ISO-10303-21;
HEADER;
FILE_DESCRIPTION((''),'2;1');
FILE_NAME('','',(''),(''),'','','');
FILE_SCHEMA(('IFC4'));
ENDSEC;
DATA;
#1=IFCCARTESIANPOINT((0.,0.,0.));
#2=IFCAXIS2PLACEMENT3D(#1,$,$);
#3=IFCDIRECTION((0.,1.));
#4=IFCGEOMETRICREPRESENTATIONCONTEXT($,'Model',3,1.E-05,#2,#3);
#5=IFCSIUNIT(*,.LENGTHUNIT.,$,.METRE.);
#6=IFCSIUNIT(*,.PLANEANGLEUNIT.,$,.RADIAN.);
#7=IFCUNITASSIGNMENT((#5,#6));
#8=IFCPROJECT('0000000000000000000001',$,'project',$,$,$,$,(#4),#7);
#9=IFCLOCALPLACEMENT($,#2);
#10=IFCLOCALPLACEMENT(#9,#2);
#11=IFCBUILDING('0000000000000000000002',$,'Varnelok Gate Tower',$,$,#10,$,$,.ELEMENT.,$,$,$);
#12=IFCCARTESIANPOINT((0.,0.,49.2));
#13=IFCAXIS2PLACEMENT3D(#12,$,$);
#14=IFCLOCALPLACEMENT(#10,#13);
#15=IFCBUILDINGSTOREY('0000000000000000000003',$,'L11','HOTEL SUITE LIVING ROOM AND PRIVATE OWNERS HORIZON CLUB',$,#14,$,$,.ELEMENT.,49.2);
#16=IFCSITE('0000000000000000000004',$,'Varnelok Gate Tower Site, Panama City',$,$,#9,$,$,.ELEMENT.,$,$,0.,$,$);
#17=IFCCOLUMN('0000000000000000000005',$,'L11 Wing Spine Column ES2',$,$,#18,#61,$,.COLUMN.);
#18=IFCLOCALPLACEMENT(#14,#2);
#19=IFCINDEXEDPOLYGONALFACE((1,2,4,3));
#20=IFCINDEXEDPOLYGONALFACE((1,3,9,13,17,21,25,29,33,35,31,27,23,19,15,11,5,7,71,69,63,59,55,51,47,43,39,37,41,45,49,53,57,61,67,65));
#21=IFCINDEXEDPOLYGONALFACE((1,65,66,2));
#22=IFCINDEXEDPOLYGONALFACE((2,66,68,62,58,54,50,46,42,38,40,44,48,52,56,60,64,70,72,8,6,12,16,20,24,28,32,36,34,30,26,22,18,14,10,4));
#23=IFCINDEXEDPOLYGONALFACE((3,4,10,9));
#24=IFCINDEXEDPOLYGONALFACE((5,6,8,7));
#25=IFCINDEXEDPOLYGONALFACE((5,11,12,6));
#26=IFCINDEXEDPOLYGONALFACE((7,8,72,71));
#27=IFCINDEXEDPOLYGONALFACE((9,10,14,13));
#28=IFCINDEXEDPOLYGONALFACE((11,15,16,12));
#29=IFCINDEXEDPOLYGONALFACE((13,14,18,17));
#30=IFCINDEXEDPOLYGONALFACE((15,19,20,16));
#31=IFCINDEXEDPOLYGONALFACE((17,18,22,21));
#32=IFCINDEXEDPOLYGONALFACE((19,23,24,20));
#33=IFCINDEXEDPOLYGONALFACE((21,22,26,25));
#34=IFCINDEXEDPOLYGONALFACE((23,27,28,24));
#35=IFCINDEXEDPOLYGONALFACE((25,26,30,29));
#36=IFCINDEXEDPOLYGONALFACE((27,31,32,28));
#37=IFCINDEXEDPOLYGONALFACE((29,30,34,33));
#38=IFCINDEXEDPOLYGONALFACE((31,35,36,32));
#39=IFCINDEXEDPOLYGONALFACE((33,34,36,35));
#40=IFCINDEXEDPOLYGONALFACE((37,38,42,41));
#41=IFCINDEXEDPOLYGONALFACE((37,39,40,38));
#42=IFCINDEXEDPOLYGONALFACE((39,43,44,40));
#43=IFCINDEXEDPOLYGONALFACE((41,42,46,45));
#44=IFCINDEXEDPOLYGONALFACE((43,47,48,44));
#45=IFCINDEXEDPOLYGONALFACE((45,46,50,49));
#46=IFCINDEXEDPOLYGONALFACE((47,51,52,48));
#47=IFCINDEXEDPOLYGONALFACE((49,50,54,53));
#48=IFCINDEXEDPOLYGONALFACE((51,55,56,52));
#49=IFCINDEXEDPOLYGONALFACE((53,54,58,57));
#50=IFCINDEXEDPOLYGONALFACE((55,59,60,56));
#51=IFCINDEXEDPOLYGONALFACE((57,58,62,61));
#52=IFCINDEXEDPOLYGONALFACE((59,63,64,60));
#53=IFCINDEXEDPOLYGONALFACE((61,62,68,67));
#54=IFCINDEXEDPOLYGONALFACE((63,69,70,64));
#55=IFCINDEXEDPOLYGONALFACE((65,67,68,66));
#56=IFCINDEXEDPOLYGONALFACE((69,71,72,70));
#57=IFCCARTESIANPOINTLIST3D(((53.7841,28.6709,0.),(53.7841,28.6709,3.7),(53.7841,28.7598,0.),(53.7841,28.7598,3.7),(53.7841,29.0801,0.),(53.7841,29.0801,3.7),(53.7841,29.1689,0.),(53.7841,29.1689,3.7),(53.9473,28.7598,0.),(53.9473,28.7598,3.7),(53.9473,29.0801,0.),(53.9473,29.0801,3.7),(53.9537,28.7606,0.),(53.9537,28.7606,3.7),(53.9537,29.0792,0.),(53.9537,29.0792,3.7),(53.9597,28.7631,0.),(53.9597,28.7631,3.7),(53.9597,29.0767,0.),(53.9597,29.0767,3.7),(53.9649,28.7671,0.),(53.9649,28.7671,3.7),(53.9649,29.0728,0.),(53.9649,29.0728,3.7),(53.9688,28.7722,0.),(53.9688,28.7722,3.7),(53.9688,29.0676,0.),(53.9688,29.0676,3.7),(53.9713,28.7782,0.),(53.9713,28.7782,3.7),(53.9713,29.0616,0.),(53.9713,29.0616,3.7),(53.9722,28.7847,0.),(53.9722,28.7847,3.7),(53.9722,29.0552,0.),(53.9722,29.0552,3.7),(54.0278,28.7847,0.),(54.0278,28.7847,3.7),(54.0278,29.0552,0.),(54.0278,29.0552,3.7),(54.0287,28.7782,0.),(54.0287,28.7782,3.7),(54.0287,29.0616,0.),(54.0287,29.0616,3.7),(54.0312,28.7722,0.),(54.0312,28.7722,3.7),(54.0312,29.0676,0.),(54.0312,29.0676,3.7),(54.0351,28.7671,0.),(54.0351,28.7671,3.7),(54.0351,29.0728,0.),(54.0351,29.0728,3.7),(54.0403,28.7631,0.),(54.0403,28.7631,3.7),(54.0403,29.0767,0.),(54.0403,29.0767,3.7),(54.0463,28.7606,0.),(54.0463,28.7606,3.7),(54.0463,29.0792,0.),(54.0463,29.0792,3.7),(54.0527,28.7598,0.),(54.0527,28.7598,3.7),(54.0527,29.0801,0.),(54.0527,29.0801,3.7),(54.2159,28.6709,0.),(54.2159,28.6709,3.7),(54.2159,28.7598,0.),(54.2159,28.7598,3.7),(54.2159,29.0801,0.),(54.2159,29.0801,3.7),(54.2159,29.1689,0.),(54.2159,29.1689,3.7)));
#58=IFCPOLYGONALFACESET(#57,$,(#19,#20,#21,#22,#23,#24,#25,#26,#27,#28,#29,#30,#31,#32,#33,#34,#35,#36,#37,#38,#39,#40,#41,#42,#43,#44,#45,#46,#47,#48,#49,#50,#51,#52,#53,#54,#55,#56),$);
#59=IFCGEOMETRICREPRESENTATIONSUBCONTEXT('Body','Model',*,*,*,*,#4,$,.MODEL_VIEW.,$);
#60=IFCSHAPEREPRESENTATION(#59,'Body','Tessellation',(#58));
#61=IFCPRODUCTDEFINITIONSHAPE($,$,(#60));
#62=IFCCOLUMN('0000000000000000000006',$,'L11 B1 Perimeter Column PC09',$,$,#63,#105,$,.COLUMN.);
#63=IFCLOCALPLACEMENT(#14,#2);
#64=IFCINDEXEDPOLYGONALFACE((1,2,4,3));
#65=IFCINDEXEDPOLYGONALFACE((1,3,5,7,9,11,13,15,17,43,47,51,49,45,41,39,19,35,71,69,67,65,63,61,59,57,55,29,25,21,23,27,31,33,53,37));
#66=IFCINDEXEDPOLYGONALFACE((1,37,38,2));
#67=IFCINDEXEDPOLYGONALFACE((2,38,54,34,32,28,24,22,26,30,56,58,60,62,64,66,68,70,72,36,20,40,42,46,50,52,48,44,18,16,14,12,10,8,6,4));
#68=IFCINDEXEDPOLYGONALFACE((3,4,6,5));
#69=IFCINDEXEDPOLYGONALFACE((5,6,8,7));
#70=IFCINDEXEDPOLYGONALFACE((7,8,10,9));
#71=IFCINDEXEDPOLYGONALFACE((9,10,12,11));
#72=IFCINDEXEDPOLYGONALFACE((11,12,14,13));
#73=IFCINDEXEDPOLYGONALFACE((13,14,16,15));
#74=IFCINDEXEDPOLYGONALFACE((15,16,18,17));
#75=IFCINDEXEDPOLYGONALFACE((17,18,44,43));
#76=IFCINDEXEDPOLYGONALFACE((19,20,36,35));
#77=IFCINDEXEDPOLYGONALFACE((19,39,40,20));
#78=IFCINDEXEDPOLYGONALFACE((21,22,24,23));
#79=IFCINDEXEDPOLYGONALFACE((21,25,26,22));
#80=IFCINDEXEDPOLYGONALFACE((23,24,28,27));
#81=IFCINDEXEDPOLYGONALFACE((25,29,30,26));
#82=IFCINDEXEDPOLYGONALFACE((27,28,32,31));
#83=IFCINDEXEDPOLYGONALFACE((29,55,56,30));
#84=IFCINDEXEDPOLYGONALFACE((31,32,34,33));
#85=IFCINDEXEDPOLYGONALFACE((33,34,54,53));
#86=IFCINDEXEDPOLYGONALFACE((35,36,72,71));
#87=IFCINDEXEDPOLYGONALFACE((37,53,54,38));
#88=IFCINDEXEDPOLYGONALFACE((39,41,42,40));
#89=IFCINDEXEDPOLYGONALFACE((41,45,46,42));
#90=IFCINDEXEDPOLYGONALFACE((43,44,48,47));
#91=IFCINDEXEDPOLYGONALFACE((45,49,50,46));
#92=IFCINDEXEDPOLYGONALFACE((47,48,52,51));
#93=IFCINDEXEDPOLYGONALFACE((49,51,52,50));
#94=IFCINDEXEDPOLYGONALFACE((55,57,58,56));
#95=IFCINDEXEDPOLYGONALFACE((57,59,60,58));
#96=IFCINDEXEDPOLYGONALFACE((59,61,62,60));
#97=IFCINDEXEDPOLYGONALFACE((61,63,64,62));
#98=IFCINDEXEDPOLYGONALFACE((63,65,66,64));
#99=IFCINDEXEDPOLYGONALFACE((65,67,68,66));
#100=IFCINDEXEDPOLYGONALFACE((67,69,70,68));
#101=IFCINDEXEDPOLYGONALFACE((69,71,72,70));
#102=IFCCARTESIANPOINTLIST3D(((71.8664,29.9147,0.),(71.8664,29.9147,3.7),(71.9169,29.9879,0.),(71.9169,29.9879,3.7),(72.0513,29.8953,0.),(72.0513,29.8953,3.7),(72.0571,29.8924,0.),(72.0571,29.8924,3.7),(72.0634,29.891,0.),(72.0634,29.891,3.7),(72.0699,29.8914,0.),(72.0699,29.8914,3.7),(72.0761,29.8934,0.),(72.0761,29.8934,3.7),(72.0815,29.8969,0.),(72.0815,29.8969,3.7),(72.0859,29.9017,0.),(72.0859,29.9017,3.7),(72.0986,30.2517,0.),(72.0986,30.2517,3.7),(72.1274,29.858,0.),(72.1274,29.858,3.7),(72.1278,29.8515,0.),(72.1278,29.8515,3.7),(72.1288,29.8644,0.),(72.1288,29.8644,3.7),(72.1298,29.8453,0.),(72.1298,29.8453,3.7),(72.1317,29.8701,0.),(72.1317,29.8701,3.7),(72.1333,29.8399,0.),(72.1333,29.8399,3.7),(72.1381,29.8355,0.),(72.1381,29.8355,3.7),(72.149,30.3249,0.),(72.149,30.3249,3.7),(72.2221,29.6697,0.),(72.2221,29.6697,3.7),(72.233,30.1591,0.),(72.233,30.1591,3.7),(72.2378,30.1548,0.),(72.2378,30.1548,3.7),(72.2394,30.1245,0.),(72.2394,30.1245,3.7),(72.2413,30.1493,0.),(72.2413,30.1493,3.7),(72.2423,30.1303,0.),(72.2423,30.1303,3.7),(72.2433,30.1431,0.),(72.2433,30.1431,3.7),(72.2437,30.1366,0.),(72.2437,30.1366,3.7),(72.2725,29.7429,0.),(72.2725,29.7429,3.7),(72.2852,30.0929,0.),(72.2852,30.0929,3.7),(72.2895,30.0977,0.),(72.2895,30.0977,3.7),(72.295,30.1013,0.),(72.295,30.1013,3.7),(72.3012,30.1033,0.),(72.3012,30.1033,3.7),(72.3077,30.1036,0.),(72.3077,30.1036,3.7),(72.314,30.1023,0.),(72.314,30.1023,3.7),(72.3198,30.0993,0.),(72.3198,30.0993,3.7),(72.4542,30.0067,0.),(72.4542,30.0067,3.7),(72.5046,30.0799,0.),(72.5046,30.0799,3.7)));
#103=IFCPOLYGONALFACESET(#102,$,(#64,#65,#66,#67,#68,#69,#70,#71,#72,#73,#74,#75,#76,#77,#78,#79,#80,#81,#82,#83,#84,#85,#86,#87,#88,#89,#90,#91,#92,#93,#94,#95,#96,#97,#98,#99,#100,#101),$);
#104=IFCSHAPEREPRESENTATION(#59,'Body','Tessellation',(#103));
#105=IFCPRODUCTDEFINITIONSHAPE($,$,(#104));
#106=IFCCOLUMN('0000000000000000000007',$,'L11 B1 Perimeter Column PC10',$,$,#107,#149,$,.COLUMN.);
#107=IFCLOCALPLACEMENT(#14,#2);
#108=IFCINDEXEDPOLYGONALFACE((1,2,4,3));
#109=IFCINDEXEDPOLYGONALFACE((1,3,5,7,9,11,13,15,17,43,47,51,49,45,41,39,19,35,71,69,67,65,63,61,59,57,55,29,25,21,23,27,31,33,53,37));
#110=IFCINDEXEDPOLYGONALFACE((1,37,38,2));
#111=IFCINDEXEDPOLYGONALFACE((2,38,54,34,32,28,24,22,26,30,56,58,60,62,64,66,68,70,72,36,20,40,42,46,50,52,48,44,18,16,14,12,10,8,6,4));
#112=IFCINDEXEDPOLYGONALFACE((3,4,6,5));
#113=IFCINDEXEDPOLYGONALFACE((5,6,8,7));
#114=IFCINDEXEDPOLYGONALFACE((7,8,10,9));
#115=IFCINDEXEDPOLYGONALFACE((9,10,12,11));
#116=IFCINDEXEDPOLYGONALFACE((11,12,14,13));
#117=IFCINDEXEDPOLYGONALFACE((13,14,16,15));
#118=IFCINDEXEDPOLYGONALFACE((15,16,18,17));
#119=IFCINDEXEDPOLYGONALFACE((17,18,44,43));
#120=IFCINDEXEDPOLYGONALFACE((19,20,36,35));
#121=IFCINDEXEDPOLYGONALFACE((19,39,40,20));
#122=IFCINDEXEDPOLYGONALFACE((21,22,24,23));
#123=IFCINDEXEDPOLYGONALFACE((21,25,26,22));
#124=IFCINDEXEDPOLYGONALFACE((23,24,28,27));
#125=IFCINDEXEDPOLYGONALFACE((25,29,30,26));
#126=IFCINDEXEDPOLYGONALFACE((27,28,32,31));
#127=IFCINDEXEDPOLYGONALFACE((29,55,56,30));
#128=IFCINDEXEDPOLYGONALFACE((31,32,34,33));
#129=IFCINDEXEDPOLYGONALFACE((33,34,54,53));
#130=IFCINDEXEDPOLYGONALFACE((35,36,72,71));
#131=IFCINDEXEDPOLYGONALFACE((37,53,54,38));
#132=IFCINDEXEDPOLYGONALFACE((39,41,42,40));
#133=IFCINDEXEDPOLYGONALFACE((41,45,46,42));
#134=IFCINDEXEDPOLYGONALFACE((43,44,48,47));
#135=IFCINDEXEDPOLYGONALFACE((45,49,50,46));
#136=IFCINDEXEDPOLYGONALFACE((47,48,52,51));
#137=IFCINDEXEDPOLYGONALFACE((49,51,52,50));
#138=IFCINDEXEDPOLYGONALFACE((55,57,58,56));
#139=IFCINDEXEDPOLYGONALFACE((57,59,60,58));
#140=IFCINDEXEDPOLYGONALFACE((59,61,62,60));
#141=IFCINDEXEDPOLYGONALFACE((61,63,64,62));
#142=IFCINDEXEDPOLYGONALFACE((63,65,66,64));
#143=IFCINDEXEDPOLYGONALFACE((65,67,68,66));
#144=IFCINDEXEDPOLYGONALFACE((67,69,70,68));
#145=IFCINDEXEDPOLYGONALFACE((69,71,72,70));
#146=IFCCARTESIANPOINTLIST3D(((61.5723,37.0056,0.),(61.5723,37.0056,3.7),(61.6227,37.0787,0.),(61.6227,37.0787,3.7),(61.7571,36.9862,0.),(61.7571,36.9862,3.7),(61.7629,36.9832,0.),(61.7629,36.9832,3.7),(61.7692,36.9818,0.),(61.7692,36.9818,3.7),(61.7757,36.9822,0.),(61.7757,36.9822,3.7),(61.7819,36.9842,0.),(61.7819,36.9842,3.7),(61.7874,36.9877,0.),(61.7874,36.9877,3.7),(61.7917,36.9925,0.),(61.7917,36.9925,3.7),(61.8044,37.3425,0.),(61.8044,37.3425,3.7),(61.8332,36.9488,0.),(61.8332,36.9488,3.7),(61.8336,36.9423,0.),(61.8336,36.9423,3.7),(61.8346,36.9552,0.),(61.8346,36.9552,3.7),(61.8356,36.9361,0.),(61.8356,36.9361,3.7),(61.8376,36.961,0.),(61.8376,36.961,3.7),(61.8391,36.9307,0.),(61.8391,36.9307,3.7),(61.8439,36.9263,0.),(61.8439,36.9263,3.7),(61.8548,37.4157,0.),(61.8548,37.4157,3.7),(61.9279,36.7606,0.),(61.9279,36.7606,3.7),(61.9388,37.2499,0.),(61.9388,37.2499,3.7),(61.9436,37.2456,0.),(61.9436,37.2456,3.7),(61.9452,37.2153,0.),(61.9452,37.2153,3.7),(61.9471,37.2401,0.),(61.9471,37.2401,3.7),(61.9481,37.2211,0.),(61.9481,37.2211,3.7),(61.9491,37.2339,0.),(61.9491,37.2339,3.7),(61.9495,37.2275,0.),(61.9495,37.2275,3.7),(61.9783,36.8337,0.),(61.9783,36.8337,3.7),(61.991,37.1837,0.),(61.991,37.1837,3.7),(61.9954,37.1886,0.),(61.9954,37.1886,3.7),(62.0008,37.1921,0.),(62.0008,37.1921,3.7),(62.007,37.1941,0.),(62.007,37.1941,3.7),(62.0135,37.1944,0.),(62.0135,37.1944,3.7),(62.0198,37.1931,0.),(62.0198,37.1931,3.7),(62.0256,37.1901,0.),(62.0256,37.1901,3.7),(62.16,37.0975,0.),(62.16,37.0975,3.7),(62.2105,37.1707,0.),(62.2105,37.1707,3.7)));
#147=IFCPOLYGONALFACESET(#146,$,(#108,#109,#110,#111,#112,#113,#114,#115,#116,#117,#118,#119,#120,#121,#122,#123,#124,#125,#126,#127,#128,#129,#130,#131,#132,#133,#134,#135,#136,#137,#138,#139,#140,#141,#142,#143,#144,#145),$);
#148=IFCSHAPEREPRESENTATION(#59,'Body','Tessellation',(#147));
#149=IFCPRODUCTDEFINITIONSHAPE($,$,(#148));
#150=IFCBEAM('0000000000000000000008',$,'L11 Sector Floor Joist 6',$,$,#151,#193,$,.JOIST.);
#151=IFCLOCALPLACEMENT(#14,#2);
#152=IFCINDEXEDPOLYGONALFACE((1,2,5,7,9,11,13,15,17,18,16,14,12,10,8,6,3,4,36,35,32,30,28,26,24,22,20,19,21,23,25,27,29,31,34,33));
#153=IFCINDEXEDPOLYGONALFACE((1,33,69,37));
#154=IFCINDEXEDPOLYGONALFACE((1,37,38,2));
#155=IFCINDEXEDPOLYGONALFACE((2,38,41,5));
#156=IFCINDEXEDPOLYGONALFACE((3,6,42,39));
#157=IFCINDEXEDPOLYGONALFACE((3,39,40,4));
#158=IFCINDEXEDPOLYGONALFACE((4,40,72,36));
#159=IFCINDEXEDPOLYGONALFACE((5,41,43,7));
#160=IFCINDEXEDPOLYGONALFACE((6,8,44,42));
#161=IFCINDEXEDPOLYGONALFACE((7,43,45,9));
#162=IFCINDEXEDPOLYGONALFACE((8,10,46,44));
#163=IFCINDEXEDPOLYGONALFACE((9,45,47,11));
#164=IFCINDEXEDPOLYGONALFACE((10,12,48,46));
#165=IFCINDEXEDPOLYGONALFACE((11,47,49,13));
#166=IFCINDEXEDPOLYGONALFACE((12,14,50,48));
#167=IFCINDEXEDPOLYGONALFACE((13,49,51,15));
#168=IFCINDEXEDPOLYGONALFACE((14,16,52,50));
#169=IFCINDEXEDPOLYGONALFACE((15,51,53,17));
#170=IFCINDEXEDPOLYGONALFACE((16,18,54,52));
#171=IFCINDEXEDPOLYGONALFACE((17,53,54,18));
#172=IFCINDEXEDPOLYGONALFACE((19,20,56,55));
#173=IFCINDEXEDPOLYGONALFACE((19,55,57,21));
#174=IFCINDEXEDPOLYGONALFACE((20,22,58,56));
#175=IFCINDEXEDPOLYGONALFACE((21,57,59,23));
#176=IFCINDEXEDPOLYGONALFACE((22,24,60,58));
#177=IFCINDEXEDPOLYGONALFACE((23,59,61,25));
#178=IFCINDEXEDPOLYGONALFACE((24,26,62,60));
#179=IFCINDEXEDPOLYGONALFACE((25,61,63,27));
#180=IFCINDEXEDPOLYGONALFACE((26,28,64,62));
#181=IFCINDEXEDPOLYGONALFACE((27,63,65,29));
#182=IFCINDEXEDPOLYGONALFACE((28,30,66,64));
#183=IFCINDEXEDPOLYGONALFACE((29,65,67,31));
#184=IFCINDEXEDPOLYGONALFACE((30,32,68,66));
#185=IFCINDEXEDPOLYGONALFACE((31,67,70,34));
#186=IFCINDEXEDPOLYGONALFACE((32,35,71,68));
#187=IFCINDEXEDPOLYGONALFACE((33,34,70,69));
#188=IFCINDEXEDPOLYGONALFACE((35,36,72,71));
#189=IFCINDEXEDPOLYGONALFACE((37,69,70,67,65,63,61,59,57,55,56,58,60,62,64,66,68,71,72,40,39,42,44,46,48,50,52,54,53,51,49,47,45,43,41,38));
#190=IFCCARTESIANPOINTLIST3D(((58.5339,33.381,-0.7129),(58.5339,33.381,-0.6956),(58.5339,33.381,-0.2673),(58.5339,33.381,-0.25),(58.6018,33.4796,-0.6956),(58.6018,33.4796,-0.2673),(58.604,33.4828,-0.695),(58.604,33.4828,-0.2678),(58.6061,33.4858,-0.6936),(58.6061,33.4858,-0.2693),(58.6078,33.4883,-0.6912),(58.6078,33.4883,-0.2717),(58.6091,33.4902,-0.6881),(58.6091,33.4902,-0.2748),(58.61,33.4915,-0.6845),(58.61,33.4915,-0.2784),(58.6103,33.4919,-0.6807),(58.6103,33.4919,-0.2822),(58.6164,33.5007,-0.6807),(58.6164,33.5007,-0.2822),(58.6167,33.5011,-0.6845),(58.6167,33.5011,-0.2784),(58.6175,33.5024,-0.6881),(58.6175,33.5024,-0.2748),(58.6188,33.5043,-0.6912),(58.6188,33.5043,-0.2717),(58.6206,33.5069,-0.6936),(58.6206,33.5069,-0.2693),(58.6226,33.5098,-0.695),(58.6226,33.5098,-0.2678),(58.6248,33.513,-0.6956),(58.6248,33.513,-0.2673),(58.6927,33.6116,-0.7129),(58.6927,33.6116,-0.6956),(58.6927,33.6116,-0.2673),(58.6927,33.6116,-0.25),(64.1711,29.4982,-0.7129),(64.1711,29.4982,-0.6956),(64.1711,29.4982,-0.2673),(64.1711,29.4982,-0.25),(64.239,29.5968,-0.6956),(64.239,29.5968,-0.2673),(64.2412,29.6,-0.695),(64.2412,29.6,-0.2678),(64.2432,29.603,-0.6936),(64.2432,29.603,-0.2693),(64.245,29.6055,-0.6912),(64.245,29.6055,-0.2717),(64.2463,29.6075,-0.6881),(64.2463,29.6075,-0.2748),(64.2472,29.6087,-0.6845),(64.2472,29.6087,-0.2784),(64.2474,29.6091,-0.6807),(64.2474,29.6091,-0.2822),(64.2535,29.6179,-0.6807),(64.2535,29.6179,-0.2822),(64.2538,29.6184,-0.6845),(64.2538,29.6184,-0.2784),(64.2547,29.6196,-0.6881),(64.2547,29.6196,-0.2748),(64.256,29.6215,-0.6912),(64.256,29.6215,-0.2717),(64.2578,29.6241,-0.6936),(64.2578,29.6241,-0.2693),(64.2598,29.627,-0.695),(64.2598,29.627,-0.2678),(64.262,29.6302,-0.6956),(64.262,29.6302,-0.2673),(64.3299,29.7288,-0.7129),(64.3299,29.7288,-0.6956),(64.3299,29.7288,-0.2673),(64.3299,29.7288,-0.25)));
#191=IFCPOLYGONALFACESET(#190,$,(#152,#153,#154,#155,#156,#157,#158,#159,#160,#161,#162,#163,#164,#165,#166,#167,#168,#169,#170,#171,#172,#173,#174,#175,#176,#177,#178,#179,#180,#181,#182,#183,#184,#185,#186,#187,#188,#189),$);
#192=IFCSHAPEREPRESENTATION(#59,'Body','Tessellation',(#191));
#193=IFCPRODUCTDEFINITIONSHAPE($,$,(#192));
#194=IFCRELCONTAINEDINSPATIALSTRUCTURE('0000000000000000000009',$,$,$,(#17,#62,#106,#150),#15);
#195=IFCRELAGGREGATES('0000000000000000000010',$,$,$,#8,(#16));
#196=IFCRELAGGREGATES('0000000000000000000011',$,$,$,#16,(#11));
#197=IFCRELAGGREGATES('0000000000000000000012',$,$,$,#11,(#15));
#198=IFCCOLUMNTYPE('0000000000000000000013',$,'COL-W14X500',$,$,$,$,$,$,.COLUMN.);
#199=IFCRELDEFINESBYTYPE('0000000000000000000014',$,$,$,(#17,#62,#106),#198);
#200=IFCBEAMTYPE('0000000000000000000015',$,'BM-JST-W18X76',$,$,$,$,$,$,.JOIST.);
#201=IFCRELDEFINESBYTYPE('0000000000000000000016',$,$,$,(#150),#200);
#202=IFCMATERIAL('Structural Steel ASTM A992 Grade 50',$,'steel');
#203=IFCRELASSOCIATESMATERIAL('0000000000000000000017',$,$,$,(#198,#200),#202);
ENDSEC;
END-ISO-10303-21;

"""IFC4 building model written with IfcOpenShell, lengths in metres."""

from ifc_helpers import new_model, si_unit, direction, frame, origin, origin_2d, place, context, subcontext, project, spatial, i_section, extrude, material, material_profile, profile_set, type_object, element, save


model = new_model("IFC4")

# Units and contexts
model_context = context("Model", 3, precision=1e-05, world=origin(), true_north=direction((0.0, 1.0)))
body_context = subcontext(model_context, "Body", "Model", "MODEL_VIEW")
ifc_project = project(units=[si_unit("LENGTHUNIT", "METRE"), si_unit("PLANEANGLEUNIT", "RADIAN")], contexts=[model_context])

# Site, building, storey
site_placement = place(None, origin())
site = spatial("IfcSite", under=ifc_project, at=site_placement, Name="Varnelok Gate Tower Site, Panama City", CompositionType="ELEMENT", RefElevation=0.0)
building_placement = place(site_placement, origin())
building = spatial("IfcBuilding", under=site, at=building_placement, Name="Varnelok Gate Tower", CompositionType="ELEMENT")
storey_placement = place(building_placement, frame((0.0, 0.0, 49.2)))
storey = spatial("IfcBuildingStorey", under=building, at=storey_placement, Name="L11", Description="HOTEL SUITE LIVING ROOM AND PRIVATE OWNERS HORIZON CLUB", CompositionType="ELEMENT", Elevation=49.2)

# Columns
ifc_material_1 = material(Name="Structural Steel ASTM A992 Grade 50", Category="steel")
ifc_material_profile_1 = material_profile(ifc_material_1, i_section(OverallWidth=0.4319, OverallDepth=0.498, WebThickness=0.0557, FlangeThickness=0.0889, FilletRadius=0.0249, at=origin_2d()), Name="W14X500")
ifc_profile_set_1 = profile_set([ifc_material_profile_1], Name="Structural Steel ASTM A992 Grade 50")
column_type = type_object("IfcColumnType", Name="COL-W14X500", PredefinedType="COLUMN", material=ifc_profile_set_1)
for number, where, z_axis, x_axis, name in (
    (1, (54.0, 28.9199, 0.0), (0.0, 0.0, 1.0), (1.0, 0.0, 0.0), "L11 Wing Spine Column ES2"),
    (2, (72.1855, 29.9973, 0.0), (0.0, 0.0, 1.0), (0.823533, -0.567269, 0.0), "L11 B1 Perimeter Column PC09"),
    (3, (61.8914, 37.0881, 0.0), (0.0, 0.0, 1.0), (0.823533, -0.567269, 0.0), "L11 B1 Perimeter Column PC10"),
):
    element("IfcColumn", number, at=place(storey_placement, frame(where, z_axis=z_axis, x_axis=x_axis)), inside=storey, type_object=column_type, Name=name, PredefinedType="COLUMN", context=body_context, shape_type="SweptSolid", body=[
        extrude(i_section(OverallWidth=0.4319, OverallDepth=0.498, WebThickness=0.0557, FlangeThickness=0.0889, FilletRadius=0.0249, at=origin_2d()), origin(), (0.0, 0.0, 1.0), 3.7),
    ])

# Beam
ifc_material_profile_2 = material_profile(ifc_material_1, i_section(OverallWidth=0.28, OverallDepth=0.4629, WebThickness=0.0107, FlangeThickness=0.0173, FilletRadius=0.0149, at=origin_2d()), Name="W18X76")
ifc_profile_set_2 = profile_set([ifc_material_profile_2], Name="Structural Steel ASTM A992 Grade 50")
beam_type_1 = type_object("IfcBeamType", Name="BM-JST-W18X76", PredefinedType="JOIST", material=ifc_profile_set_2)
beam_1_placement = place(storey_placement, frame((64.2505, 29.6135, -0.4814), z_axis=(-0.823548, 0.567246, 0.0), x_axis=(-0.567246, -0.823548, 0.0)))
element("IfcBeam", 4, at=beam_1_placement, inside=storey, type_object=beam_type_1, Name="L11 Sector Floor Joist 6", PredefinedType="JOIST", context=body_context, shape_type="SweptSolid", body=[
    extrude(i_section(OverallWidth=0.28, OverallDepth=0.4629, WebThickness=0.0107, FlangeThickness=0.0173, FilletRadius=0.0149, at=origin_2d()), origin(), (0.0, 0.0, 1.0), 6.845),
])

save(model, "model.ifc")
